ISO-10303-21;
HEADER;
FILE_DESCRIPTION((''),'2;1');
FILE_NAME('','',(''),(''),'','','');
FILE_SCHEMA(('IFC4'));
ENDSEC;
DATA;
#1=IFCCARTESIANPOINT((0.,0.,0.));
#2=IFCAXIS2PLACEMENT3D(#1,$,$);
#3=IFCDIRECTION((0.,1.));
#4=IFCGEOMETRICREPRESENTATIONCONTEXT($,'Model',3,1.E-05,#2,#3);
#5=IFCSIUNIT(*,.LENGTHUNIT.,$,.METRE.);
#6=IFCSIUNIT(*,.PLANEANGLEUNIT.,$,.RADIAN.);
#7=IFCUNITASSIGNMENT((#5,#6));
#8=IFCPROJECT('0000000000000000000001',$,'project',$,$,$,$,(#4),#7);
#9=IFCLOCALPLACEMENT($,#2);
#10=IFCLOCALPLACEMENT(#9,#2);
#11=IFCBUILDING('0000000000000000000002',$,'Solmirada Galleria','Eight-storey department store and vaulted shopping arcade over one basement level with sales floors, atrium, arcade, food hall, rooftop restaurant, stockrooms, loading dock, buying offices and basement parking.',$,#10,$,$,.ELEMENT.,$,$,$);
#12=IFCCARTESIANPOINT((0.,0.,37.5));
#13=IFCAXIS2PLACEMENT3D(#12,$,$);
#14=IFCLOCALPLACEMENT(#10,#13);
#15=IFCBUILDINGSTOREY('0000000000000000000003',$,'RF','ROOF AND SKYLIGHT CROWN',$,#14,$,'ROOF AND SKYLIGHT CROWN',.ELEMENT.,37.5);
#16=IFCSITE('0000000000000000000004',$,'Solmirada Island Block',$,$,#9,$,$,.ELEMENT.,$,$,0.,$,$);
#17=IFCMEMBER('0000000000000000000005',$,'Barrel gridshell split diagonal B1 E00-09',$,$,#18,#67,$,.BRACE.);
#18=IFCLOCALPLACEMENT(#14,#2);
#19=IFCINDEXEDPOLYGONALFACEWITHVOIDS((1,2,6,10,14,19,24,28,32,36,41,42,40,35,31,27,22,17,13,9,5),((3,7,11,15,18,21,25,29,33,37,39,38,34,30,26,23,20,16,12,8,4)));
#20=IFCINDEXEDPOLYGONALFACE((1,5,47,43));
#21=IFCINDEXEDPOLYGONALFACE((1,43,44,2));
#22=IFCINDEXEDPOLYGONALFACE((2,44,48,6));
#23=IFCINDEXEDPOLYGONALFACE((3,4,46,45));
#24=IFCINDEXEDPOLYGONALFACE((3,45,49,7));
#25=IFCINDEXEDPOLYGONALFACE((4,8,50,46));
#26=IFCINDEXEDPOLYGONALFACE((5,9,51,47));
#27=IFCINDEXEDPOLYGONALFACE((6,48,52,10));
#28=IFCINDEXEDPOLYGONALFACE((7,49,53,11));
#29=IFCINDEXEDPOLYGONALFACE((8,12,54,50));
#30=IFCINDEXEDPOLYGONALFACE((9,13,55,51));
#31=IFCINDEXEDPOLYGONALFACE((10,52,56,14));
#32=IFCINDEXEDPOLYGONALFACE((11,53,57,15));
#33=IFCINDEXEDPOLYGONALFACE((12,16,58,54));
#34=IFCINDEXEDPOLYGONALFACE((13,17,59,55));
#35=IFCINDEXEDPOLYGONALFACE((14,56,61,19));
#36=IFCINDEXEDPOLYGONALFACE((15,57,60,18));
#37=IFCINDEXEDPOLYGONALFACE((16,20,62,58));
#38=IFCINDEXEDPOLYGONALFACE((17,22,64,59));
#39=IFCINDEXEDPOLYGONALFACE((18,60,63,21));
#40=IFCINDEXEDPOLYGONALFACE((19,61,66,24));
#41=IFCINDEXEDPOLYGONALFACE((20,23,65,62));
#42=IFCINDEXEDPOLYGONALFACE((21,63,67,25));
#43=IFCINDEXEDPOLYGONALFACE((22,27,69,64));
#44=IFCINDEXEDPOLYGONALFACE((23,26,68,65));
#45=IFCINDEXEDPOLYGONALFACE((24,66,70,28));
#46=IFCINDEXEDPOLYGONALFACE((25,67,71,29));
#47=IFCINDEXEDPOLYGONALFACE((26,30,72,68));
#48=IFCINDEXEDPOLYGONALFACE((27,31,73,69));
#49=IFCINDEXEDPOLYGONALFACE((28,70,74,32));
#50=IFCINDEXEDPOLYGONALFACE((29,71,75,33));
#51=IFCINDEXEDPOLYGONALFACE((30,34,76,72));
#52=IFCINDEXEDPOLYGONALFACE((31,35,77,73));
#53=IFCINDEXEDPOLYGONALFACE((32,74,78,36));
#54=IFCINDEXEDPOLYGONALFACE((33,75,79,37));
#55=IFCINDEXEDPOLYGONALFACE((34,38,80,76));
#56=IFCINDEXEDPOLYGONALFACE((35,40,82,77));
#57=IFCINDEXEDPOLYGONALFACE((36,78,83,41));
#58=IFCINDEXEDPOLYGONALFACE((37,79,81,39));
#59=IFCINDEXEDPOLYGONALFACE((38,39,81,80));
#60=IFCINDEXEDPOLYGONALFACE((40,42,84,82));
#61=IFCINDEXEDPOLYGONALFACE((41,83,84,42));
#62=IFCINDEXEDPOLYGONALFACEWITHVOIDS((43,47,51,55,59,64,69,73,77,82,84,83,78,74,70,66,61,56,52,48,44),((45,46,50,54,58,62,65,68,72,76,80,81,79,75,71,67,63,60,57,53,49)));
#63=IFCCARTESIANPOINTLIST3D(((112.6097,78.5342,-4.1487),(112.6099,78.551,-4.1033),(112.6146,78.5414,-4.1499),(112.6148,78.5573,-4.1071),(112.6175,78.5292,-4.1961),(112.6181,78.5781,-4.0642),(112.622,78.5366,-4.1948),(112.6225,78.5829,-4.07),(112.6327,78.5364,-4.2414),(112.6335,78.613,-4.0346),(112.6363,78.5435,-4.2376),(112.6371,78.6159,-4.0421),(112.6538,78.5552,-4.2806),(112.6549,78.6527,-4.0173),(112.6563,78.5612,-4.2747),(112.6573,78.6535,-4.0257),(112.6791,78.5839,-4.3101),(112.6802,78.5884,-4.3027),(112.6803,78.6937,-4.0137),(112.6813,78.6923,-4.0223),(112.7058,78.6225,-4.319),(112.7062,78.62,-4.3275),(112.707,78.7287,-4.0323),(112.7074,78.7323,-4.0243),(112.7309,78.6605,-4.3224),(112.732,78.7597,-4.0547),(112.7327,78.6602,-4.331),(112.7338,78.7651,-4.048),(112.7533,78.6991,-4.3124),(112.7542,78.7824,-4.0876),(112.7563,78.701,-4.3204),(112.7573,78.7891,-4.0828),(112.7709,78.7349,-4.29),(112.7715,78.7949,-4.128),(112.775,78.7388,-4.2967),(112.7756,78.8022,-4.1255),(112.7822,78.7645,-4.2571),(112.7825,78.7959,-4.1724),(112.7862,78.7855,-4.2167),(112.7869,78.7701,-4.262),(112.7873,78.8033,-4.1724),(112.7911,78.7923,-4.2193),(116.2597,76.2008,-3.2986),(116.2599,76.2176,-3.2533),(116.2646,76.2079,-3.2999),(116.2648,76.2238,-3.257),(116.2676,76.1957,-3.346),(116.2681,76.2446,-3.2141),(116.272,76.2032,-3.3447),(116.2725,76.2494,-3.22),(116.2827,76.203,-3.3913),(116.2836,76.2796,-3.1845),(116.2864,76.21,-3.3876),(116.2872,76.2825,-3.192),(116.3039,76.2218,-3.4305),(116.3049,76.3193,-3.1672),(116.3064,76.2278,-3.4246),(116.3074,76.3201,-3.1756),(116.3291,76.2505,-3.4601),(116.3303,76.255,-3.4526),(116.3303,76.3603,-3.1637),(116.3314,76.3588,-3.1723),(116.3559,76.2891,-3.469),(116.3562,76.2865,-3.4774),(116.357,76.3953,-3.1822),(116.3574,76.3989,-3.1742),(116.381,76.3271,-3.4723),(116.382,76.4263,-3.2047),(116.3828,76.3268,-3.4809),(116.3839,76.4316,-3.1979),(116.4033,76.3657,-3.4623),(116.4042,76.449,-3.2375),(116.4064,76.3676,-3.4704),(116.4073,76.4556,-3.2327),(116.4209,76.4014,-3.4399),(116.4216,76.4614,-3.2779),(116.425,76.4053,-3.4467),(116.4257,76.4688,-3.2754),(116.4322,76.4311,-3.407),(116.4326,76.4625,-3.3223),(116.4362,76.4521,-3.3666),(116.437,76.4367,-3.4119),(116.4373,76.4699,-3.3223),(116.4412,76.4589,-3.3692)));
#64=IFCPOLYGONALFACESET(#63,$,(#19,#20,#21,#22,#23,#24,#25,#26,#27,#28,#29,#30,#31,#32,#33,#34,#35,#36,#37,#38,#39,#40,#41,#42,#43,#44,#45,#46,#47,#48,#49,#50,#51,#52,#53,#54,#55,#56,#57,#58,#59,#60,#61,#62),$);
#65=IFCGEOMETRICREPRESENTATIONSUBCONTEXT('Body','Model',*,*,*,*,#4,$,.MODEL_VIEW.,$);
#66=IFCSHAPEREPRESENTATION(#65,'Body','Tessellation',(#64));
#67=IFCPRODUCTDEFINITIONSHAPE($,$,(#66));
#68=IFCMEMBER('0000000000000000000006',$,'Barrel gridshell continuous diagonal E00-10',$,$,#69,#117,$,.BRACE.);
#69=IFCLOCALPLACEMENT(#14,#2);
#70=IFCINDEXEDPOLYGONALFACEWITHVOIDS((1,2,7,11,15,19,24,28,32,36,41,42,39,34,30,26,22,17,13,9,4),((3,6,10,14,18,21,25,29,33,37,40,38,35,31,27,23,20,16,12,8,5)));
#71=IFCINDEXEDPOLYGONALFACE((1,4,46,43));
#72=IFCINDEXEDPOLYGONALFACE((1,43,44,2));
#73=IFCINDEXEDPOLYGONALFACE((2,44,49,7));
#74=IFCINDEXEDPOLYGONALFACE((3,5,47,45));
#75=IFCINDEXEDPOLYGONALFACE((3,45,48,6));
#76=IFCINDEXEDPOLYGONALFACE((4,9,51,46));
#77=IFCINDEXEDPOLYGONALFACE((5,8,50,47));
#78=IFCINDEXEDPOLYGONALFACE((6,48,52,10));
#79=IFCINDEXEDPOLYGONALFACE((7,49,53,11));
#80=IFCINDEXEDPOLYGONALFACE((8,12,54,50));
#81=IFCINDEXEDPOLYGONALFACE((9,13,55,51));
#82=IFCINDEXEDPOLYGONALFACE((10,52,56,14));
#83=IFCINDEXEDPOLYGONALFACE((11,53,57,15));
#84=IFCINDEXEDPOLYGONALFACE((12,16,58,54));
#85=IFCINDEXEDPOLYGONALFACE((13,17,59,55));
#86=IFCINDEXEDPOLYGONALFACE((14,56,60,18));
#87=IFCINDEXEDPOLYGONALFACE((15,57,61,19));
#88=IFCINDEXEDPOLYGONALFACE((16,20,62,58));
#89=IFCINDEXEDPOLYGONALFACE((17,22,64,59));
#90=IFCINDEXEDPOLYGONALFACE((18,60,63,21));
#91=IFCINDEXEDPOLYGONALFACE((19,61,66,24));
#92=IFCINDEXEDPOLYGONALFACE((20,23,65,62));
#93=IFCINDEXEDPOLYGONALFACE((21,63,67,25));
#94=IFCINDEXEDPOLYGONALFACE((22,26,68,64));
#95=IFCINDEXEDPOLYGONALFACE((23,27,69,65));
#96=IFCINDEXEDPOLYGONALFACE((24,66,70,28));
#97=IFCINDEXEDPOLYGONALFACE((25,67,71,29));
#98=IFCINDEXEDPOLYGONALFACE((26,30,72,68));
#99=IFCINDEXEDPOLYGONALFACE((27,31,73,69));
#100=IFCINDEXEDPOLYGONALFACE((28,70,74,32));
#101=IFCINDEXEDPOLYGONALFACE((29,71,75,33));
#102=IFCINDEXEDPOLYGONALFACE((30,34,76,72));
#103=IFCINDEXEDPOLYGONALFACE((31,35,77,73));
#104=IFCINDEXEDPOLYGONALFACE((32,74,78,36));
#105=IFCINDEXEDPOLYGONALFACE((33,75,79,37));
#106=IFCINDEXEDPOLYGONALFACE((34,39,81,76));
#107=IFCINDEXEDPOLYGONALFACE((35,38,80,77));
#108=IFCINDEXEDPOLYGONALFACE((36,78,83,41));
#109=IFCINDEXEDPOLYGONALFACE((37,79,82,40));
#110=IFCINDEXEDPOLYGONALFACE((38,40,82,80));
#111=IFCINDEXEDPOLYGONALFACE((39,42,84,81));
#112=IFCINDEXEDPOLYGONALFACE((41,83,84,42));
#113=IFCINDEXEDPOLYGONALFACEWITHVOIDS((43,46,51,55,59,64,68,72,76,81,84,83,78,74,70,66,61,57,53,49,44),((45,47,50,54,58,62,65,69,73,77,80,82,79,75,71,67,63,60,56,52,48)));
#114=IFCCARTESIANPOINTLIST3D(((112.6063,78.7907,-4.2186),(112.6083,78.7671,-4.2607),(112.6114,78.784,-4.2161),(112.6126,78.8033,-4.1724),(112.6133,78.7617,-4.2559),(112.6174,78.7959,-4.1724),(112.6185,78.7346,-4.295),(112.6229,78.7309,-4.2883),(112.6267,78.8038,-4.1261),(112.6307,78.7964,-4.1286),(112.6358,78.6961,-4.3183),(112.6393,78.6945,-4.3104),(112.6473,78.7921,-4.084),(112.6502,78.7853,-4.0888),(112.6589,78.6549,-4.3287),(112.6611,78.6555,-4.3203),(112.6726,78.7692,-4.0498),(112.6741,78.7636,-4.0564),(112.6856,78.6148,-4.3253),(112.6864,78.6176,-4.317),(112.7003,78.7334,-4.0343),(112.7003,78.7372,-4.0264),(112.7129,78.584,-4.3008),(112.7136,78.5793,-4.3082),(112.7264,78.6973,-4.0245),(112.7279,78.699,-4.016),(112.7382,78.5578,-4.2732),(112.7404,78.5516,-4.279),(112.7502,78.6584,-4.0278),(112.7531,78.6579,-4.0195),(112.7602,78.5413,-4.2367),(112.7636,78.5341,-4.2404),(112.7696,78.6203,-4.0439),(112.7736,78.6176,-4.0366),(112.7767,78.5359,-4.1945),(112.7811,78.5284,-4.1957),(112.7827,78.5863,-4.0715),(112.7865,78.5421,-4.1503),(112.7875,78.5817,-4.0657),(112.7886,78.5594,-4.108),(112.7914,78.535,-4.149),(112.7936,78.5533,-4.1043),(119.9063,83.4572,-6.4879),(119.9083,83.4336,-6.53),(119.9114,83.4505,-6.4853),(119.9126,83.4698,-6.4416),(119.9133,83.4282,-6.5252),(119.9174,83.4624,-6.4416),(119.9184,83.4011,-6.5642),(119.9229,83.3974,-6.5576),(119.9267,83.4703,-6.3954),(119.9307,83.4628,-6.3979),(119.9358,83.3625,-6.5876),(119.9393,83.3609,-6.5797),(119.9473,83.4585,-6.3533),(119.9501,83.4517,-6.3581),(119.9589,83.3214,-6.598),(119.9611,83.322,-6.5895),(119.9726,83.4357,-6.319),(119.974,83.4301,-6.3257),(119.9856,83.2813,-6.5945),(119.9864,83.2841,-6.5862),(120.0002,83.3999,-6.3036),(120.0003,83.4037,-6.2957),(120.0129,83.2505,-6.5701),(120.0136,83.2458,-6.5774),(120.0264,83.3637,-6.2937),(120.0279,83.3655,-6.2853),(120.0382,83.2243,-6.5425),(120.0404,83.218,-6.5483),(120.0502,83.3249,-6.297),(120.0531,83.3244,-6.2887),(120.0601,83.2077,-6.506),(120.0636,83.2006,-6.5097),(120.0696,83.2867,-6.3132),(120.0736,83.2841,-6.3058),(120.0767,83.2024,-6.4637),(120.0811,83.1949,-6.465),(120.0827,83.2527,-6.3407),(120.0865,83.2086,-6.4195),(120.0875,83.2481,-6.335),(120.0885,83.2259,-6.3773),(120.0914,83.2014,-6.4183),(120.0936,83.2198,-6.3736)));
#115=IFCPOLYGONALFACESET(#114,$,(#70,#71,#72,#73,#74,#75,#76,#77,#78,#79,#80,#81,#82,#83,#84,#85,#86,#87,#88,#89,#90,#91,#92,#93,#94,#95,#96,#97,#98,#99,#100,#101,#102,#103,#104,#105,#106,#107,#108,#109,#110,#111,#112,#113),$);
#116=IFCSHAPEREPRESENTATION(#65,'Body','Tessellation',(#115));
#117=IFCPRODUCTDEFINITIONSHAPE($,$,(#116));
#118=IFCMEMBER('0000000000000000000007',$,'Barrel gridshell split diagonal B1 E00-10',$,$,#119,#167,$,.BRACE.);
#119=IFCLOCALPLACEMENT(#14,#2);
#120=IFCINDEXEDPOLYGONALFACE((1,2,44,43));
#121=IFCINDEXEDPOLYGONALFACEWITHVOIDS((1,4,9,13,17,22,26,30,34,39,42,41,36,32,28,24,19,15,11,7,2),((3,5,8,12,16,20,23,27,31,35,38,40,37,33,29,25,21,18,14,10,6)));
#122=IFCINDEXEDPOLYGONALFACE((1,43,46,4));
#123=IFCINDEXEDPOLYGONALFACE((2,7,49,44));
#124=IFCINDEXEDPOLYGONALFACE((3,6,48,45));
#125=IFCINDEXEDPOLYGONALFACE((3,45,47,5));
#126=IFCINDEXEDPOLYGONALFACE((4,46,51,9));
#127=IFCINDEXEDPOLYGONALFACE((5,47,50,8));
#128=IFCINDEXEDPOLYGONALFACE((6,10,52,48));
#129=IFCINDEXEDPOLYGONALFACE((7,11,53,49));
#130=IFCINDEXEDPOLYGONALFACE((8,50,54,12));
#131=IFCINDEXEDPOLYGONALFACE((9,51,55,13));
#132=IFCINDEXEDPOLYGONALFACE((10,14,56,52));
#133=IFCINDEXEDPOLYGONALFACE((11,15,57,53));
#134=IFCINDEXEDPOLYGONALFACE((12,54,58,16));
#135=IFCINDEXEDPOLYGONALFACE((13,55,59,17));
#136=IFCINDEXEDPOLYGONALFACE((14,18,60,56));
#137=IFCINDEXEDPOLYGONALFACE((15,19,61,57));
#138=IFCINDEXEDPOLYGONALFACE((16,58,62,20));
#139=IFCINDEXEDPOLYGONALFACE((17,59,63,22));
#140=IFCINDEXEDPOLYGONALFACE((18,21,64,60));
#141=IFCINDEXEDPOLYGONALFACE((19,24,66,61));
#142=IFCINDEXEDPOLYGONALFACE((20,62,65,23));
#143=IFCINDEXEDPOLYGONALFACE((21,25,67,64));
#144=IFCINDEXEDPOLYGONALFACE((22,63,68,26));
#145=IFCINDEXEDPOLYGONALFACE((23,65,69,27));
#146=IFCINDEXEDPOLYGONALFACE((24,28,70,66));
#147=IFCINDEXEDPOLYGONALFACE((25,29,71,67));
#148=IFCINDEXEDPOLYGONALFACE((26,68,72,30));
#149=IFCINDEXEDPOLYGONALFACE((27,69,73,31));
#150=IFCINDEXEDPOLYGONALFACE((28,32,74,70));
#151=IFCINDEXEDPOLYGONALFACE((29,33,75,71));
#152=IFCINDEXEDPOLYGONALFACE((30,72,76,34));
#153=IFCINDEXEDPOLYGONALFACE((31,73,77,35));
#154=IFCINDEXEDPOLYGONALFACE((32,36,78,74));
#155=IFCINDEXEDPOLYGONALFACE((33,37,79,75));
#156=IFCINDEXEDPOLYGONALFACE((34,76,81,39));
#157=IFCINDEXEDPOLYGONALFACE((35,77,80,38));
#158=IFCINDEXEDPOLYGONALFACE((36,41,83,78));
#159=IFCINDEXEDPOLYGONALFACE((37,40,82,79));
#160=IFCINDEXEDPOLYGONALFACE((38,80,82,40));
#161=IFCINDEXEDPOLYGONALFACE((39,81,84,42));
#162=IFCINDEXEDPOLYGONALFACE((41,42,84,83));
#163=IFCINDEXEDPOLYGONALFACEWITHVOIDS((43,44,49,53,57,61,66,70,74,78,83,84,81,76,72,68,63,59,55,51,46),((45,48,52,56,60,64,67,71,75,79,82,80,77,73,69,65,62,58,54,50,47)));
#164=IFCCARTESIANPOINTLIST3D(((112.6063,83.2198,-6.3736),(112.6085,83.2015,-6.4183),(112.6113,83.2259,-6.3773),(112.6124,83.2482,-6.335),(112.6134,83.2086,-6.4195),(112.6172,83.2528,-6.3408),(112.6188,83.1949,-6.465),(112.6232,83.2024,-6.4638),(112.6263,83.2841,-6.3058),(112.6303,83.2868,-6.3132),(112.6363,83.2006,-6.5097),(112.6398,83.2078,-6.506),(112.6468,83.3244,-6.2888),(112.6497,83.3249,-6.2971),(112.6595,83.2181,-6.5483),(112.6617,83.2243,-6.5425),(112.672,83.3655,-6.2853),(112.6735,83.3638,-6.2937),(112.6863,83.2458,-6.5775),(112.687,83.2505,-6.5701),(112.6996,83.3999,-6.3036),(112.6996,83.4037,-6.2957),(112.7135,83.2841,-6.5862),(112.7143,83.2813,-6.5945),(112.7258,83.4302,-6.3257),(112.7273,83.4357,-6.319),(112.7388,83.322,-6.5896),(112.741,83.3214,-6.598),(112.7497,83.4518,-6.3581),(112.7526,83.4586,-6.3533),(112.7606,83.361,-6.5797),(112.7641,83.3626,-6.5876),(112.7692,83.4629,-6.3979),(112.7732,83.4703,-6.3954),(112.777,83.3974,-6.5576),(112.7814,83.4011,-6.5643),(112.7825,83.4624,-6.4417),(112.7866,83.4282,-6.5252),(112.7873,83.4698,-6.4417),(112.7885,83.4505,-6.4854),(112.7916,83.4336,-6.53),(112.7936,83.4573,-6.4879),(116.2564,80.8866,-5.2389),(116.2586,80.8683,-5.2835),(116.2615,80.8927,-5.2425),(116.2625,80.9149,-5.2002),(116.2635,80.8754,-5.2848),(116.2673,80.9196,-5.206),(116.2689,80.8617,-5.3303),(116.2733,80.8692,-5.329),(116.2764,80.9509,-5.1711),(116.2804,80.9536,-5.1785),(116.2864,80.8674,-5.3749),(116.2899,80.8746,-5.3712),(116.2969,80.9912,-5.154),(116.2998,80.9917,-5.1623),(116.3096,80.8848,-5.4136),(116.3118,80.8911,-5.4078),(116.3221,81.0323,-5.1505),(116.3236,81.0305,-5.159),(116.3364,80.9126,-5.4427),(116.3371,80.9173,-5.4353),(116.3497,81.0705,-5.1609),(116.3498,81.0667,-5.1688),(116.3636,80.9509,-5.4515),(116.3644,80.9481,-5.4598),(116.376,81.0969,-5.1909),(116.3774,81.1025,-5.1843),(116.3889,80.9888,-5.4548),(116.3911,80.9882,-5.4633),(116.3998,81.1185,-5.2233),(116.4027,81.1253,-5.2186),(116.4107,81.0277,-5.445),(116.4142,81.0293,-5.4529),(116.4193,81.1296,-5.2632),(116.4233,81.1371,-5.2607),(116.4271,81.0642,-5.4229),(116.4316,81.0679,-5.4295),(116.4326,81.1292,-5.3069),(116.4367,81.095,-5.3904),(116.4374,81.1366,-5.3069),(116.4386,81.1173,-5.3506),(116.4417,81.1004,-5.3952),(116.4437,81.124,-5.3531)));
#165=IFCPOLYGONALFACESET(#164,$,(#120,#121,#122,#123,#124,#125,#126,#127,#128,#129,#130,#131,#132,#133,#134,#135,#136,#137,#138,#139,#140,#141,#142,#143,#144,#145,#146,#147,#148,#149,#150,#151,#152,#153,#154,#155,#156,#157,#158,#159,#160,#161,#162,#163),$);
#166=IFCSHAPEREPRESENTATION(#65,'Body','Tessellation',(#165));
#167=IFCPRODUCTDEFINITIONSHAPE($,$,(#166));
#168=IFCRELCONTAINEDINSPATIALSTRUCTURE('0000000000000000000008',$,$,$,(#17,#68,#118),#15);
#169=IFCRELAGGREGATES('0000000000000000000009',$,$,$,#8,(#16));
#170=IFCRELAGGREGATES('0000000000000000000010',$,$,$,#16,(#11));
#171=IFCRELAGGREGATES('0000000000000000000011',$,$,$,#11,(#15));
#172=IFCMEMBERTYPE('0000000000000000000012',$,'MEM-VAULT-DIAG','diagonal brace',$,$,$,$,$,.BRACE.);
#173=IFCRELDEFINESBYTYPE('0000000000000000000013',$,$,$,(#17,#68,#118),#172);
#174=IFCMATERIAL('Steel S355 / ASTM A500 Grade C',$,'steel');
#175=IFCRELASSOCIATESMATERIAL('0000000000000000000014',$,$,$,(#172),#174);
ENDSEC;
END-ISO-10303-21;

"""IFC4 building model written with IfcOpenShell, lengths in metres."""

from ifc_helpers import new_model, si_unit, direction, frame, origin, origin_2d, place, context, subcontext, project, spatial, hollow_circle, extrude, material, material_profile, profile_set, type_object, element, save


model = new_model("IFC4")

# Units and contexts
model_context = context("Model", 3, precision=1e-05, world=origin(), true_north=direction((0.0, 1.0)))
body_context = subcontext(model_context, "Body", "Model", "MODEL_VIEW")
ifc_project = project(units=[si_unit("LENGTHUNIT", "METRE"), si_unit("PLANEANGLEUNIT", "RADIAN")], contexts=[model_context])

# Site, building, storey
site_placement = place(None, origin())
site = spatial("IfcSite", under=ifc_project, at=site_placement, Name="Solmirada Island Block", CompositionType="ELEMENT", RefElevation=0.0)
building_placement = place(site_placement, origin())
building = spatial("IfcBuilding", under=site, at=building_placement, Name="Solmirada Galleria", Description="Eight-storey department store and vaulted shopping arcade over one basement level with sales floors, atrium, arcade, food hall, rooftop restaurant, stockrooms, loading dock, buying offices and basement parking.", CompositionType="ELEMENT")
storey_placement = place(building_placement, frame((0.0, 0.0, 37.5)))
storey = spatial("IfcBuildingStorey", under=building, at=storey_placement, Name="RF", Description="ROOF AND SKYLIGHT CROWN", LongName="ROOF AND SKYLIGHT CROWN", CompositionType="ELEMENT", Elevation=37.5)

# Members
ifc_material_1 = material(Name="Steel S355 / ASTM A500 Grade C", Category="steel")
ifc_material_profile_1 = material_profile(ifc_material_1, hollow_circle(Radius=0.1621, WallThickness=0.0088, at=origin_2d()), Name="HSS12.750X0.375")
ifc_profile_set_1 = profile_set([ifc_material_profile_1], Name="Steel S355 / ASTM A500 Grade C")
member_type_1 = type_object("IfcMemberType", Name="MEM-VAULT-DIAG", Description="diagonal brace", PredefinedType="BRACE", material=ifc_profile_set_1)
member_1_placement = place(storey_placement, frame((112.7, 78.6667, -4.1724), z_axis=(0.826777, -0.528549, 0.192551), x_axis=(0.538628, 0.842544, 0.0)))
element("IfcMember", 1, at=member_1_placement, inside=storey, type_object=member_type_1, Name="Barrel gridshell split diagonal B1 E00-09", PredefinedType="BRACE", context=body_context, shape_type="SweptSolid", body=[
    extrude(hollow_circle(Radius=0.1621, WallThickness=0.0088, at=origin_2d()), origin(), (0.0, 0.0, 1.0), 4.4148),
])
member_2_placement = place(storey_placement, frame((112.7, 78.6667, -4.1724), z_axis=(0.815067, 0.521026, -0.253371), x_axis=(-0.538601, 0.842561, 0.0)))
element("IfcMember", 2, at=member_2_placement, inside=storey, type_object=member_type_1, Name="Barrel gridshell continuous diagonal E00-10", PredefinedType="BRACE", context=body_context, shape_type="SweptSolid", body=[
    extrude(hollow_circle(Radius=0.1621, WallThickness=0.0088, at=origin_2d()), origin(), (0.0, 0.0, 1.0), 8.9563),
])
member_3_placement = place(storey_placement, frame((112.7, 83.3333, -6.4417), z_axis=(0.815071, -0.521011, 0.253391), x_axis=(0.538588, 0.842569, 0.0)))
element("IfcMember", 3, at=member_3_placement, inside=storey, type_object=member_type_1, Name="Barrel gridshell split diagonal B1 E00-10", PredefinedType="BRACE", context=body_context, shape_type="SweptSolid", body=[
    extrude(hollow_circle(Radius=0.1621, WallThickness=0.0088, at=origin_2d()), origin(), (0.0, 0.0, 1.0), 4.4783),
])

save(model, "model.ifc")
